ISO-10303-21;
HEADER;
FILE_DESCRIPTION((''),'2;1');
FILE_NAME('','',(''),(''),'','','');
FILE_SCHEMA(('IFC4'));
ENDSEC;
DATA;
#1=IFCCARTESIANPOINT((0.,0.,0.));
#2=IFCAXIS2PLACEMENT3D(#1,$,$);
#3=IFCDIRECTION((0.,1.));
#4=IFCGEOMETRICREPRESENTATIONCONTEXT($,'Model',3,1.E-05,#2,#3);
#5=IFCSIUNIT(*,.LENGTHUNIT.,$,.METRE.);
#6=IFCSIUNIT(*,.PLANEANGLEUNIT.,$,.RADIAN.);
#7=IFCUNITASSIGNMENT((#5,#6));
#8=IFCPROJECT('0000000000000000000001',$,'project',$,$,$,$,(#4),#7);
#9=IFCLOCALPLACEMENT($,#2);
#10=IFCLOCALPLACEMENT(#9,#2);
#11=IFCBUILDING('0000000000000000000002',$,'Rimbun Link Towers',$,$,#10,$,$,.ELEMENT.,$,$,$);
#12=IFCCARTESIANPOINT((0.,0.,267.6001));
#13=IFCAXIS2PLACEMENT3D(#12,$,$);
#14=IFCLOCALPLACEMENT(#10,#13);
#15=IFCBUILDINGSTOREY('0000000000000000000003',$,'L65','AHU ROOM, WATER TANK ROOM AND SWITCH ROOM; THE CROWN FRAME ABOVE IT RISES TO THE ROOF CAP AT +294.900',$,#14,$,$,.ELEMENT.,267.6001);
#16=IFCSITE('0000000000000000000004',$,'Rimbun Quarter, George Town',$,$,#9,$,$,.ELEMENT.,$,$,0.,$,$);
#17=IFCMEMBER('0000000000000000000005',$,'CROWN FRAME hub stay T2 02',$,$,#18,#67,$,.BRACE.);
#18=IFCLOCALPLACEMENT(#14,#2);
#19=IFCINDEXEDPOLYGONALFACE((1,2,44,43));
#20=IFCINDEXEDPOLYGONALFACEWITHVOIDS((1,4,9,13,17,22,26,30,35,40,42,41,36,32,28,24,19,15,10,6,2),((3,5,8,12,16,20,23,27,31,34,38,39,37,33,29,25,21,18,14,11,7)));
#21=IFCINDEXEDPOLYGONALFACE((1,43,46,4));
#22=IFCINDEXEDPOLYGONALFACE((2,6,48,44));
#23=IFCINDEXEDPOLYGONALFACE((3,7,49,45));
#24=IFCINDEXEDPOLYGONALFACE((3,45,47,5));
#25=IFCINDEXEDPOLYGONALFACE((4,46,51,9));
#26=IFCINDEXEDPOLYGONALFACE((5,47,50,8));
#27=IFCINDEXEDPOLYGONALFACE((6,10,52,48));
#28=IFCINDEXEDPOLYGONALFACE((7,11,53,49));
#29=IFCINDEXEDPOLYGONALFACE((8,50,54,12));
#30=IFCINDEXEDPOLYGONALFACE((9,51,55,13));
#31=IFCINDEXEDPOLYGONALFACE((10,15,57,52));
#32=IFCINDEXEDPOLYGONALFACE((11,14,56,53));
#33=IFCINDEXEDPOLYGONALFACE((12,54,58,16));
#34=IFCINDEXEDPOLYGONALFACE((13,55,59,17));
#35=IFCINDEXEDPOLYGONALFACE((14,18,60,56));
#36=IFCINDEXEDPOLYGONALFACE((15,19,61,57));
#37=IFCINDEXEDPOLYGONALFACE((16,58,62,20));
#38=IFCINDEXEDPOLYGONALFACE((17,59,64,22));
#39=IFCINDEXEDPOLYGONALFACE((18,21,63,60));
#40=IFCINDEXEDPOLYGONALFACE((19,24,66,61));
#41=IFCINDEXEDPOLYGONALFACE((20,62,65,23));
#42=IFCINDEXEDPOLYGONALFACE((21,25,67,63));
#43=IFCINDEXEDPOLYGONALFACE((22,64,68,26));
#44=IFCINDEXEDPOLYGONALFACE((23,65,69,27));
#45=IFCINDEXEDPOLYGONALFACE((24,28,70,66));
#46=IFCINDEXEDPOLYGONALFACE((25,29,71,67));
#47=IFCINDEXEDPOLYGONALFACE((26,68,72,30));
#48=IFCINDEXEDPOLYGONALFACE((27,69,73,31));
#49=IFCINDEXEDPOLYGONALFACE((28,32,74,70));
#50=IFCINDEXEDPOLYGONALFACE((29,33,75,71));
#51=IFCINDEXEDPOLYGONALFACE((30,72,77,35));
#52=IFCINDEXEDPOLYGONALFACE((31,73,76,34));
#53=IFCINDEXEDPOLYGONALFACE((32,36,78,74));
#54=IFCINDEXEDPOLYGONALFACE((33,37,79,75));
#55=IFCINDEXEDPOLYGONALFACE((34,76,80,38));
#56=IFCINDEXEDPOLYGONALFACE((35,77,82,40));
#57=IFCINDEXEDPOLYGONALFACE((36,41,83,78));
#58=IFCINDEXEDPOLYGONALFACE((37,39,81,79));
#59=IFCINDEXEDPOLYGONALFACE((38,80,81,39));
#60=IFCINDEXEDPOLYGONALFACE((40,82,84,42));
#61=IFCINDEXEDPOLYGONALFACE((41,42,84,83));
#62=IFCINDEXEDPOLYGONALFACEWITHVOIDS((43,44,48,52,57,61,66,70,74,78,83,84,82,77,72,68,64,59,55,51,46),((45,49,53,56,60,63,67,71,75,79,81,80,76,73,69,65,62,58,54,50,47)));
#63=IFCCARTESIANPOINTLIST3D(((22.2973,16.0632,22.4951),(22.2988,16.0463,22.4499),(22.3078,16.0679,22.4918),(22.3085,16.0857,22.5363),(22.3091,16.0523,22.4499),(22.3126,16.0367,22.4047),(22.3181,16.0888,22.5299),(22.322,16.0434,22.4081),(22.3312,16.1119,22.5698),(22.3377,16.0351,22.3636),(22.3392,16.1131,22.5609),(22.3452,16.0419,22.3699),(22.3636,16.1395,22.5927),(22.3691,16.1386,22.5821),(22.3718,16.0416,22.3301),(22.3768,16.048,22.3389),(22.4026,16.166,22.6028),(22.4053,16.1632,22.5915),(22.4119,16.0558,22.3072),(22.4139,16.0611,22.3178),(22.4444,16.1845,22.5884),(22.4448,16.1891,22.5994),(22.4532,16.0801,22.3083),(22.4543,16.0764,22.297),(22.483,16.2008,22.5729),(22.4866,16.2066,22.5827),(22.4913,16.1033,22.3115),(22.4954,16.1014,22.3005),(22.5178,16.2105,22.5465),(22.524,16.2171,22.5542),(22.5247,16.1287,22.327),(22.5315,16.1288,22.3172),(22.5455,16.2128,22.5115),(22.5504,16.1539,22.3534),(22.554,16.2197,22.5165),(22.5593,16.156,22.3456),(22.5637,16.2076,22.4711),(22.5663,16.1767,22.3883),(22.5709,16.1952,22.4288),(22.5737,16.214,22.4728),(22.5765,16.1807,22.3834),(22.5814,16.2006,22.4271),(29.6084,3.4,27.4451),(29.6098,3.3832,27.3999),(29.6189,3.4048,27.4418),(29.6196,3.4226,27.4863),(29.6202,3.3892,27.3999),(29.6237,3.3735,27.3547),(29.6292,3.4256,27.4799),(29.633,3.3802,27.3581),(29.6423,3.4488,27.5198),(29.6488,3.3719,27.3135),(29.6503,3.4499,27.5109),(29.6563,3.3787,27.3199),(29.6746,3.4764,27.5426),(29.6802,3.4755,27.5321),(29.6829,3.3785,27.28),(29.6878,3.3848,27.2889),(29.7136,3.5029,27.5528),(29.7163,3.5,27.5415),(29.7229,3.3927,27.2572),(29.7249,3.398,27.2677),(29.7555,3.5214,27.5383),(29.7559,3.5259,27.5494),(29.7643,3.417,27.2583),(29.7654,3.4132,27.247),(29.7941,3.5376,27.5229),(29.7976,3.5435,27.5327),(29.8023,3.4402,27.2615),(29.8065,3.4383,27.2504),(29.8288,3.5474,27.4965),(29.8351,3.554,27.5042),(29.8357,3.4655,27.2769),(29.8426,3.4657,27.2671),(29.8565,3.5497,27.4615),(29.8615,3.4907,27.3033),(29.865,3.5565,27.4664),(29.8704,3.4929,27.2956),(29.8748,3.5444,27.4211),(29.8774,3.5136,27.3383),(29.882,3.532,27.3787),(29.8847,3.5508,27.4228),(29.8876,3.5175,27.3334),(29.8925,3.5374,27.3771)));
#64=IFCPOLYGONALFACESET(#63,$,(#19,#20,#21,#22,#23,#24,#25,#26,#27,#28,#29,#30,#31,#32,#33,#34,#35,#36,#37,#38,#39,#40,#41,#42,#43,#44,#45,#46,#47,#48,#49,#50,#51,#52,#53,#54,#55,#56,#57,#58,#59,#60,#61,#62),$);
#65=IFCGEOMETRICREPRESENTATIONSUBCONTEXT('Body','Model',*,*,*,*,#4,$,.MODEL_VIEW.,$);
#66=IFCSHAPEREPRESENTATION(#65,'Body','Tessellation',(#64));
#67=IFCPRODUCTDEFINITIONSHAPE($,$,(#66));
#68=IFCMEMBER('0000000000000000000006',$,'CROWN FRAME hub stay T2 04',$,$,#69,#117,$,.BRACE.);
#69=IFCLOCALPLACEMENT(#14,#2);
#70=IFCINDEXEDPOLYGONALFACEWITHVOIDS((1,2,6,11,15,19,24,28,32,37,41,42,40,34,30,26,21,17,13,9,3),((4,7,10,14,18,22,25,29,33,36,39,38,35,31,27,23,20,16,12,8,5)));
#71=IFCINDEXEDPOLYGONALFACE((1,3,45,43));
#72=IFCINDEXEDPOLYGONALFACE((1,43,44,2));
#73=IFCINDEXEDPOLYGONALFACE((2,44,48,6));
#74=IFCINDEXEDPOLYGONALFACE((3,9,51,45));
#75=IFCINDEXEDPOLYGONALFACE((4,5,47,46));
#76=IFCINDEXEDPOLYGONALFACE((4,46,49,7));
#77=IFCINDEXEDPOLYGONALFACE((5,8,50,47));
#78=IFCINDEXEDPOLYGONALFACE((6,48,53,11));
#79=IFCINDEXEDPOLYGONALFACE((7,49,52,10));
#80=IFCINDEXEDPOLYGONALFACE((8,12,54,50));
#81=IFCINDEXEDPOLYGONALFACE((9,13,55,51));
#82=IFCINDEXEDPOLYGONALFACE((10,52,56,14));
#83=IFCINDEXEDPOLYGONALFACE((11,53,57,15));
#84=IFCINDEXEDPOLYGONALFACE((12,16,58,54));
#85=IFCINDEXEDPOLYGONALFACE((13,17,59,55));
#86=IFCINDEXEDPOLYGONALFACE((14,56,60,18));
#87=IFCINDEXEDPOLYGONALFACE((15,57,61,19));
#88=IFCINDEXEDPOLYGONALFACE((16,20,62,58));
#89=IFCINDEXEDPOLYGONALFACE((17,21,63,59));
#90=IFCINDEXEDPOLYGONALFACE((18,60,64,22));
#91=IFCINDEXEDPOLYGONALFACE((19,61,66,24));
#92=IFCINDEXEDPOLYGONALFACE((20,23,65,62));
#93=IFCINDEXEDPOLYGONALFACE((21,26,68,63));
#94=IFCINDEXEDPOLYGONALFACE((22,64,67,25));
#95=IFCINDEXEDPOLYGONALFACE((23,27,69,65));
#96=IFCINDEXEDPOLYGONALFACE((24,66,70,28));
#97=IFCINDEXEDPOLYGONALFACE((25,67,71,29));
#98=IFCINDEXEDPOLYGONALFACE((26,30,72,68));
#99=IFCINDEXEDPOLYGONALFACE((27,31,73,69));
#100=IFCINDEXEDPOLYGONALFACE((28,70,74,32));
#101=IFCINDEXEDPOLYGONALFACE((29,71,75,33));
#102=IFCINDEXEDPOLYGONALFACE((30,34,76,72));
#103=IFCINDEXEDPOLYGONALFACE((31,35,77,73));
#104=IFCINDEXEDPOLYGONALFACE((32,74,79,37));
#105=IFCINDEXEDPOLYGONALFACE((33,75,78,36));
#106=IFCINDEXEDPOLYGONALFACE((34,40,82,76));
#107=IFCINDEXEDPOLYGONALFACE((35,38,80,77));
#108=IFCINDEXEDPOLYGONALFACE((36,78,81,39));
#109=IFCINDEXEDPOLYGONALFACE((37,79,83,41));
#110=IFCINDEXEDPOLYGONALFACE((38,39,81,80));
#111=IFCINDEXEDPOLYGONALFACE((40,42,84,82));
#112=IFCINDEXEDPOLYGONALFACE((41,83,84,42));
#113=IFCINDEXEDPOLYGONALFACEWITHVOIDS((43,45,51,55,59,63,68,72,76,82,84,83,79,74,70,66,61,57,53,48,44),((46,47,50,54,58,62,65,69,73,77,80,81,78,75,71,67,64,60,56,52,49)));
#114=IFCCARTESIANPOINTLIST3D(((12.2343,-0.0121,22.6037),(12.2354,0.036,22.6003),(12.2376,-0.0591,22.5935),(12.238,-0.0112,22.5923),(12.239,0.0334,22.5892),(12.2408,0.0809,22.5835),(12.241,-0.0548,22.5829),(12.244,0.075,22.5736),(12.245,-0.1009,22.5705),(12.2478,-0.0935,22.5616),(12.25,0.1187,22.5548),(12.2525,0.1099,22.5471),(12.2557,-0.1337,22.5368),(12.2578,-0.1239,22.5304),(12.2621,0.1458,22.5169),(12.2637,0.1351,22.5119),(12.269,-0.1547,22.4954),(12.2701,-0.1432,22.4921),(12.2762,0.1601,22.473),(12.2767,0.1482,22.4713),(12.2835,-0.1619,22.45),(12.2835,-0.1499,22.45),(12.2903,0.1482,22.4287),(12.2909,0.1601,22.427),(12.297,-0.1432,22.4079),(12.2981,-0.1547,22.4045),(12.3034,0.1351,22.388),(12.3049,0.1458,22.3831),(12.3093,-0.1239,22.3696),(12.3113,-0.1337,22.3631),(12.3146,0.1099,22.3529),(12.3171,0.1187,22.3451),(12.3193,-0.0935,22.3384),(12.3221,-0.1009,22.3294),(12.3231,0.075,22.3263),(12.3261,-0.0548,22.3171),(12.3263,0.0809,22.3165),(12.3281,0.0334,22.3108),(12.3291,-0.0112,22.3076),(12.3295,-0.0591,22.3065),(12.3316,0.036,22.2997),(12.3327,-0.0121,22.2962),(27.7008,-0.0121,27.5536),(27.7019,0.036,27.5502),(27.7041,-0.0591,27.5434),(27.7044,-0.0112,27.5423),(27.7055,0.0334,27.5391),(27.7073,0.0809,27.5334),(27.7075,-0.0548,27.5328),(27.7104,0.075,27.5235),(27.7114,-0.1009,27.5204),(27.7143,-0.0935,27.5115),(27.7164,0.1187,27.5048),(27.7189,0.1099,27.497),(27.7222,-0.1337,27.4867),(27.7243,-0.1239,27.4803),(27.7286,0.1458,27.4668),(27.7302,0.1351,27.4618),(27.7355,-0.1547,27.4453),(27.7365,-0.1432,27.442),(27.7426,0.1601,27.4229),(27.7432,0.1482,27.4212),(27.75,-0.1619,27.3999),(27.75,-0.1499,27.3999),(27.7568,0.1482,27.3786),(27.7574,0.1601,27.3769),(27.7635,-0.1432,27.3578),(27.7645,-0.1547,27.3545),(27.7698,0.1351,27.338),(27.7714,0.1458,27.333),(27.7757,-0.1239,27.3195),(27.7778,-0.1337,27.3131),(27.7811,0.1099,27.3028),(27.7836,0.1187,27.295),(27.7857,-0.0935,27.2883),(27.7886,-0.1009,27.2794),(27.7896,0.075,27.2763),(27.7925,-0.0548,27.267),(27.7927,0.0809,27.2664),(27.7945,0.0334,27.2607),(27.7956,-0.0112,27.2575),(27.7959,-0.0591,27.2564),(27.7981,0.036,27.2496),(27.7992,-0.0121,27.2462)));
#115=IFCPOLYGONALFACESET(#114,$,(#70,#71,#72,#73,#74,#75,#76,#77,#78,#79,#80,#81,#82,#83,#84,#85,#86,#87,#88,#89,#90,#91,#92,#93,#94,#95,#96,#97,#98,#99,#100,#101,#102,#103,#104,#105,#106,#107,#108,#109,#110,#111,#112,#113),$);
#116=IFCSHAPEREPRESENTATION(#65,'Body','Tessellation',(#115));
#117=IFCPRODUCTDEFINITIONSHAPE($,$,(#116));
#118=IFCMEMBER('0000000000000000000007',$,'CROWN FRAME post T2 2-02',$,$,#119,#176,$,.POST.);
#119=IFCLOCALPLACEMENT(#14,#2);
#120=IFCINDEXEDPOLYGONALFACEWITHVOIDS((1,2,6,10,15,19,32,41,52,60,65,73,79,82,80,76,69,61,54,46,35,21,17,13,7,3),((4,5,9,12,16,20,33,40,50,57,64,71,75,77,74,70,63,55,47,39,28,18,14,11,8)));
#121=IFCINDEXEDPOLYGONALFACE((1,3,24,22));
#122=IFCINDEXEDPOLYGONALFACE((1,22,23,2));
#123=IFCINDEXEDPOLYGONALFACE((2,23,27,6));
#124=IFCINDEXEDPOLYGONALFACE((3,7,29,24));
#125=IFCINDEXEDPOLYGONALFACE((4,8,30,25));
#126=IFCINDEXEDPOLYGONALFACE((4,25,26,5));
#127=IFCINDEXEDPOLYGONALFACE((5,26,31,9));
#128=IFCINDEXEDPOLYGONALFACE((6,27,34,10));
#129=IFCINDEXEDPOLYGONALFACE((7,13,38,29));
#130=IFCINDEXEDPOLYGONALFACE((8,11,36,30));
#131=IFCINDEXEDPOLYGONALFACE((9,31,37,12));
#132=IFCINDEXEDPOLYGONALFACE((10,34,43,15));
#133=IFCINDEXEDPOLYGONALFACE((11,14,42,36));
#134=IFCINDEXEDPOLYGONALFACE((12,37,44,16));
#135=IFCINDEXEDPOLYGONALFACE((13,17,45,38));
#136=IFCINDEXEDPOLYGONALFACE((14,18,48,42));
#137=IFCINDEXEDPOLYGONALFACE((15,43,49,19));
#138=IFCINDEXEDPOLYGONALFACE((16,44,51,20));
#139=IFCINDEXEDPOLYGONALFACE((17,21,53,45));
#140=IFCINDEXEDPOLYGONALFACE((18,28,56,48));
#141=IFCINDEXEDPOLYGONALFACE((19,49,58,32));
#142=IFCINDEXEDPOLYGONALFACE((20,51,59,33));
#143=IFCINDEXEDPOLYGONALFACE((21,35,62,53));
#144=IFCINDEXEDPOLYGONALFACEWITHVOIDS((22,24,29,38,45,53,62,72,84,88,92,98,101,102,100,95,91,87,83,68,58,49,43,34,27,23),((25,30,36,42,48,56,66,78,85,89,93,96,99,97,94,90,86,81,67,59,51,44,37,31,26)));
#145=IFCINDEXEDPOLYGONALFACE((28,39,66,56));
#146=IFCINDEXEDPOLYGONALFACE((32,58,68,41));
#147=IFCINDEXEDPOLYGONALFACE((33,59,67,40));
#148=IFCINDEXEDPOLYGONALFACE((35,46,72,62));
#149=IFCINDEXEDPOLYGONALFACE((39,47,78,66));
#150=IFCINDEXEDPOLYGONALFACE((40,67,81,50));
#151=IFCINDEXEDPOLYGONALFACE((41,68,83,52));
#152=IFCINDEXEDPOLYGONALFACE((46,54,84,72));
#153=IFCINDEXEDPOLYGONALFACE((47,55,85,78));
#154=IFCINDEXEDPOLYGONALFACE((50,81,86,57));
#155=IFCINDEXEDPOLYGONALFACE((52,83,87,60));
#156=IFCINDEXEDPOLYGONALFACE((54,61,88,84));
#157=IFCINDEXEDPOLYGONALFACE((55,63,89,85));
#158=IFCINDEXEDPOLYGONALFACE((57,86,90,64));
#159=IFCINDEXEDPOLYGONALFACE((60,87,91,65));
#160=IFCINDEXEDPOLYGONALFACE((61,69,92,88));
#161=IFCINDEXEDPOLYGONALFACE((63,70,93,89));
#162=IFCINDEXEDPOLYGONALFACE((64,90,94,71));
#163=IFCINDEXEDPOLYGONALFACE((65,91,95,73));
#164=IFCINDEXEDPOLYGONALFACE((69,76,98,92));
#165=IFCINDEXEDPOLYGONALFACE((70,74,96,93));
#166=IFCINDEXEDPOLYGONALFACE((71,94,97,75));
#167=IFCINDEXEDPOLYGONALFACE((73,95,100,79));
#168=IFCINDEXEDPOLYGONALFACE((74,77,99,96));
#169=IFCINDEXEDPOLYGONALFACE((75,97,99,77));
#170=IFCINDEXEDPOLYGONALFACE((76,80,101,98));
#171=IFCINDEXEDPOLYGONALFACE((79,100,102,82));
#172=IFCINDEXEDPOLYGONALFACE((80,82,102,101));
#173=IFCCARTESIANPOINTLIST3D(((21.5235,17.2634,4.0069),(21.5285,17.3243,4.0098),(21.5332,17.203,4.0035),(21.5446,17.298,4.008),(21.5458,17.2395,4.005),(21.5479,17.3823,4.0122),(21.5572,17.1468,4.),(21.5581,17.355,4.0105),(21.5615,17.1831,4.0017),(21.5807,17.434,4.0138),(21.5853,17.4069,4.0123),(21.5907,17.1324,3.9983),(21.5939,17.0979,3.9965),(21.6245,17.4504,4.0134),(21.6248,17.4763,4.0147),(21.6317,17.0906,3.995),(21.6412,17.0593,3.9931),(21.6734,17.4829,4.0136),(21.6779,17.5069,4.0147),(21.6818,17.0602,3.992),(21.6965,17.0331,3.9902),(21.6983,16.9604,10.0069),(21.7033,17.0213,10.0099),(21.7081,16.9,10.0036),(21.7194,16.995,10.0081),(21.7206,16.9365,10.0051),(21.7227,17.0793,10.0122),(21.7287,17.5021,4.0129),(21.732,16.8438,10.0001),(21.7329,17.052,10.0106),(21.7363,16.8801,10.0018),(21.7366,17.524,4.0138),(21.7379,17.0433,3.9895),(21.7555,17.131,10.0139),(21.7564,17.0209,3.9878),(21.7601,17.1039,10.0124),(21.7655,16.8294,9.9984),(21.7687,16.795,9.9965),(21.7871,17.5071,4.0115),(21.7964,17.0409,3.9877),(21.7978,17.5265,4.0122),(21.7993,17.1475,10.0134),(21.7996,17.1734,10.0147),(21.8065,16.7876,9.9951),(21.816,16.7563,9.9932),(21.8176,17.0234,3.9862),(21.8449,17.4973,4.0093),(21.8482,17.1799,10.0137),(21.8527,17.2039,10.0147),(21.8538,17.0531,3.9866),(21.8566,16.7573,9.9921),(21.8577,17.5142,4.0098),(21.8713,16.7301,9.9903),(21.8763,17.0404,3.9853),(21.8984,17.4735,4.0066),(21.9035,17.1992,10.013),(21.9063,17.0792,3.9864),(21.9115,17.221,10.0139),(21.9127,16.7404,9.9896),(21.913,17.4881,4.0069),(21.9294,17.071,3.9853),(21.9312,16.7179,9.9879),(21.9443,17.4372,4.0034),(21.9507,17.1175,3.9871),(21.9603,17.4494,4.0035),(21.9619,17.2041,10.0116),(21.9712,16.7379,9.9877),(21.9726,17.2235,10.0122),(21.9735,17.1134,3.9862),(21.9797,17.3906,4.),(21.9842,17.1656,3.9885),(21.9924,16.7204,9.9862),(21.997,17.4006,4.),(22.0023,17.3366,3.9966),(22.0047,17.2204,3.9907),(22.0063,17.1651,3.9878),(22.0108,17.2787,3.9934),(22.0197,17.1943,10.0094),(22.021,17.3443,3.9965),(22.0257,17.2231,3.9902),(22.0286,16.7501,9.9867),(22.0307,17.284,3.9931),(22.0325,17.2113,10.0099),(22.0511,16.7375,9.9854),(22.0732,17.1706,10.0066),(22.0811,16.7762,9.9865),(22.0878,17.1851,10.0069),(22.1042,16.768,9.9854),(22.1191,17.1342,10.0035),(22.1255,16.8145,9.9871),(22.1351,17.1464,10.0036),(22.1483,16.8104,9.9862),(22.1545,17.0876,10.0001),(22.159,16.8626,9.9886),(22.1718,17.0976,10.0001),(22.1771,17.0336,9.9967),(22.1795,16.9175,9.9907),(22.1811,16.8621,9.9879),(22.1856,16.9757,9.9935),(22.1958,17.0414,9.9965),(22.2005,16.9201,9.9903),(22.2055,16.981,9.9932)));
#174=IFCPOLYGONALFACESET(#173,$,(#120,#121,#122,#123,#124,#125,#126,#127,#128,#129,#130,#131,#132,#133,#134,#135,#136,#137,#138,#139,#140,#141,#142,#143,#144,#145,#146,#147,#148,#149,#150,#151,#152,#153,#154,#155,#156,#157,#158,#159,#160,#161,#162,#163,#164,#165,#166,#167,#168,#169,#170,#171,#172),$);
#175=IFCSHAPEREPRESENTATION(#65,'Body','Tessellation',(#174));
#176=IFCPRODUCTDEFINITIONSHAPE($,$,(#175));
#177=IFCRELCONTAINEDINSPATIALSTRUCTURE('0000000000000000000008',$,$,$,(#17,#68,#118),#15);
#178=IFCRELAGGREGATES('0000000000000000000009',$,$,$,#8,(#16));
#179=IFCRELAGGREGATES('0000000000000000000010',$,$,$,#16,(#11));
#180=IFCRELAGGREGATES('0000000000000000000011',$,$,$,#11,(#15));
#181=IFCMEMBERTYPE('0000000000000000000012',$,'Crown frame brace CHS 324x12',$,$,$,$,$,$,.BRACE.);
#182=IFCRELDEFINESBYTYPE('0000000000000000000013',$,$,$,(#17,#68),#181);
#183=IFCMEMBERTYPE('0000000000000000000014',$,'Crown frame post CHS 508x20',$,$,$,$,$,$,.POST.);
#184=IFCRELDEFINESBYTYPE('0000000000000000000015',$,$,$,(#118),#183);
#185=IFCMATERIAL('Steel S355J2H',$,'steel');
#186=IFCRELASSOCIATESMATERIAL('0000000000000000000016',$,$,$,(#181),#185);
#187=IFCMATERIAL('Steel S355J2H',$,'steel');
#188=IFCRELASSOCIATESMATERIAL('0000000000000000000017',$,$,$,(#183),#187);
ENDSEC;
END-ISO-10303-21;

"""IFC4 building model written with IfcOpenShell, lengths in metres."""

from ifc_helpers import new_model, si_unit, direction, frame, origin, origin_2d, place, context, subcontext, project, spatial, hollow_circle, extrude, material, material_profile, profile_set, type_object, element, save


model = new_model("IFC4")

# Units and contexts
model_context = context("Model", 3, precision=1e-05, world=origin(), true_north=direction((0.0, 1.0)))
body_context = subcontext(model_context, "Body", "Model", "MODEL_VIEW")
ifc_project = project(units=[si_unit("LENGTHUNIT", "METRE"), si_unit("PLANEANGLEUNIT", "RADIAN")], contexts=[model_context])

# Site, building, storey
site_placement = place(None, origin())
site = spatial("IfcSite", under=ifc_project, at=site_placement, Name="Rimbun Quarter, George Town", CompositionType="ELEMENT", RefElevation=0.0)
building_placement = place(site_placement, origin())
building = spatial("IfcBuilding", under=site, at=building_placement, Name="Rimbun Link Towers", CompositionType="ELEMENT")
storey_placement = place(building_placement, frame((0.0, 0.0, 267.6001)))
storey = spatial("IfcBuildingStorey", under=building, at=storey_placement, Name="L65", Description="AHU ROOM, WATER TANK ROOM AND SWITCH ROOM; THE CROWN FRAME ABOVE IT RISES TO THE ROOF CAP AT +294.900", CompositionType="ELEMENT", Elevation=267.6001)

# Members
ifc_material_1 = material(Name="Steel S355J2H", Category="steel")
ifc_material_profile_1 = material_profile(ifc_material_1, hollow_circle(Radius=0.1619, WallThickness=0.012, at=origin_2d()), Name="Crown frame brace CHS 324x12")
ifc_profile_set_1 = profile_set([ifc_material_profile_1], Name="Steel S355J2H")
member_type_1 = type_object("IfcMemberType", Name="Crown frame brace CHS 324x12", PredefinedType="BRACE", material=ifc_profile_set_1)
member_1_placement = place(storey_placement, frame((29.75, 3.4641, 27.3999), z_axis=(-0.473599, 0.820297, -0.320651), x_axis=(-0.866025, -0.5, 0.0)))
element("IfcMember", 1, at=member_1_placement, inside=storey, type_object=member_type_1, Name="CROWN FRAME hub stay T2 02", PredefinedType="BRACE", context=body_context, shape_type="SweptSolid", body=[
    extrude(hollow_circle(Radius=0.1619, WallThickness=0.012, at=origin_2d()), origin(), (0.0, 0.0, 1.0), 15.4373),
])
member_2_placement = place(storey_placement, frame((27.75, 0.0, 27.3999), z_axis=(-0.952412, 0.0, -0.304812), x_axis=(0.0, -1.0, 0.0)))
element("IfcMember", 2, at=member_2_placement, inside=storey, type_object=member_type_1, Name="CROWN FRAME hub stay T2 04", PredefinedType="BRACE", context=body_context, shape_type="SweptSolid", body=[
    extrude(hollow_circle(Radius=0.1619, WallThickness=0.012, at=origin_2d()), origin(), (0.0, 0.0, 1.0), 16.2393),
])
ifc_material_2 = material(Name="Steel S355J2H", Category="steel")
ifc_material_profile_2 = material_profile(ifc_material_2, hollow_circle(Radius=0.2539, WallThickness=0.02, at=origin_2d()), Name="Crown frame post CHS 508x20")
ifc_profile_set_2 = profile_set([ifc_material_profile_2], Name="Steel S355J2H")
member_type_2 = type_object("IfcMemberType", Name="Crown frame post CHS 508x20", PredefinedType="POST", material=ifc_profile_set_2)
for number, where, z_axis, x_axis, name in (
    (3, (21.7771, 17.2737, 4.0), (0.029085, -0.050411, 0.998305), (0.866174, 0.499743, 0.0), "CROWN FRAME post T2 2-02"),
):
    element("IfcMember", number, at=place(storey_placement, frame(where, z_axis=z_axis, x_axis=x_axis)), inside=storey, type_object=member_type_2, Name=name, PredefinedType="POST", context=body_context, shape_type="SweptSolid", body=[
        extrude(hollow_circle(Radius=0.2539, WallThickness=0.02, at=origin_2d()), origin(), (0.0, 0.0, 1.0), 6.0103),
    ])

save(model, "model.ifc")
